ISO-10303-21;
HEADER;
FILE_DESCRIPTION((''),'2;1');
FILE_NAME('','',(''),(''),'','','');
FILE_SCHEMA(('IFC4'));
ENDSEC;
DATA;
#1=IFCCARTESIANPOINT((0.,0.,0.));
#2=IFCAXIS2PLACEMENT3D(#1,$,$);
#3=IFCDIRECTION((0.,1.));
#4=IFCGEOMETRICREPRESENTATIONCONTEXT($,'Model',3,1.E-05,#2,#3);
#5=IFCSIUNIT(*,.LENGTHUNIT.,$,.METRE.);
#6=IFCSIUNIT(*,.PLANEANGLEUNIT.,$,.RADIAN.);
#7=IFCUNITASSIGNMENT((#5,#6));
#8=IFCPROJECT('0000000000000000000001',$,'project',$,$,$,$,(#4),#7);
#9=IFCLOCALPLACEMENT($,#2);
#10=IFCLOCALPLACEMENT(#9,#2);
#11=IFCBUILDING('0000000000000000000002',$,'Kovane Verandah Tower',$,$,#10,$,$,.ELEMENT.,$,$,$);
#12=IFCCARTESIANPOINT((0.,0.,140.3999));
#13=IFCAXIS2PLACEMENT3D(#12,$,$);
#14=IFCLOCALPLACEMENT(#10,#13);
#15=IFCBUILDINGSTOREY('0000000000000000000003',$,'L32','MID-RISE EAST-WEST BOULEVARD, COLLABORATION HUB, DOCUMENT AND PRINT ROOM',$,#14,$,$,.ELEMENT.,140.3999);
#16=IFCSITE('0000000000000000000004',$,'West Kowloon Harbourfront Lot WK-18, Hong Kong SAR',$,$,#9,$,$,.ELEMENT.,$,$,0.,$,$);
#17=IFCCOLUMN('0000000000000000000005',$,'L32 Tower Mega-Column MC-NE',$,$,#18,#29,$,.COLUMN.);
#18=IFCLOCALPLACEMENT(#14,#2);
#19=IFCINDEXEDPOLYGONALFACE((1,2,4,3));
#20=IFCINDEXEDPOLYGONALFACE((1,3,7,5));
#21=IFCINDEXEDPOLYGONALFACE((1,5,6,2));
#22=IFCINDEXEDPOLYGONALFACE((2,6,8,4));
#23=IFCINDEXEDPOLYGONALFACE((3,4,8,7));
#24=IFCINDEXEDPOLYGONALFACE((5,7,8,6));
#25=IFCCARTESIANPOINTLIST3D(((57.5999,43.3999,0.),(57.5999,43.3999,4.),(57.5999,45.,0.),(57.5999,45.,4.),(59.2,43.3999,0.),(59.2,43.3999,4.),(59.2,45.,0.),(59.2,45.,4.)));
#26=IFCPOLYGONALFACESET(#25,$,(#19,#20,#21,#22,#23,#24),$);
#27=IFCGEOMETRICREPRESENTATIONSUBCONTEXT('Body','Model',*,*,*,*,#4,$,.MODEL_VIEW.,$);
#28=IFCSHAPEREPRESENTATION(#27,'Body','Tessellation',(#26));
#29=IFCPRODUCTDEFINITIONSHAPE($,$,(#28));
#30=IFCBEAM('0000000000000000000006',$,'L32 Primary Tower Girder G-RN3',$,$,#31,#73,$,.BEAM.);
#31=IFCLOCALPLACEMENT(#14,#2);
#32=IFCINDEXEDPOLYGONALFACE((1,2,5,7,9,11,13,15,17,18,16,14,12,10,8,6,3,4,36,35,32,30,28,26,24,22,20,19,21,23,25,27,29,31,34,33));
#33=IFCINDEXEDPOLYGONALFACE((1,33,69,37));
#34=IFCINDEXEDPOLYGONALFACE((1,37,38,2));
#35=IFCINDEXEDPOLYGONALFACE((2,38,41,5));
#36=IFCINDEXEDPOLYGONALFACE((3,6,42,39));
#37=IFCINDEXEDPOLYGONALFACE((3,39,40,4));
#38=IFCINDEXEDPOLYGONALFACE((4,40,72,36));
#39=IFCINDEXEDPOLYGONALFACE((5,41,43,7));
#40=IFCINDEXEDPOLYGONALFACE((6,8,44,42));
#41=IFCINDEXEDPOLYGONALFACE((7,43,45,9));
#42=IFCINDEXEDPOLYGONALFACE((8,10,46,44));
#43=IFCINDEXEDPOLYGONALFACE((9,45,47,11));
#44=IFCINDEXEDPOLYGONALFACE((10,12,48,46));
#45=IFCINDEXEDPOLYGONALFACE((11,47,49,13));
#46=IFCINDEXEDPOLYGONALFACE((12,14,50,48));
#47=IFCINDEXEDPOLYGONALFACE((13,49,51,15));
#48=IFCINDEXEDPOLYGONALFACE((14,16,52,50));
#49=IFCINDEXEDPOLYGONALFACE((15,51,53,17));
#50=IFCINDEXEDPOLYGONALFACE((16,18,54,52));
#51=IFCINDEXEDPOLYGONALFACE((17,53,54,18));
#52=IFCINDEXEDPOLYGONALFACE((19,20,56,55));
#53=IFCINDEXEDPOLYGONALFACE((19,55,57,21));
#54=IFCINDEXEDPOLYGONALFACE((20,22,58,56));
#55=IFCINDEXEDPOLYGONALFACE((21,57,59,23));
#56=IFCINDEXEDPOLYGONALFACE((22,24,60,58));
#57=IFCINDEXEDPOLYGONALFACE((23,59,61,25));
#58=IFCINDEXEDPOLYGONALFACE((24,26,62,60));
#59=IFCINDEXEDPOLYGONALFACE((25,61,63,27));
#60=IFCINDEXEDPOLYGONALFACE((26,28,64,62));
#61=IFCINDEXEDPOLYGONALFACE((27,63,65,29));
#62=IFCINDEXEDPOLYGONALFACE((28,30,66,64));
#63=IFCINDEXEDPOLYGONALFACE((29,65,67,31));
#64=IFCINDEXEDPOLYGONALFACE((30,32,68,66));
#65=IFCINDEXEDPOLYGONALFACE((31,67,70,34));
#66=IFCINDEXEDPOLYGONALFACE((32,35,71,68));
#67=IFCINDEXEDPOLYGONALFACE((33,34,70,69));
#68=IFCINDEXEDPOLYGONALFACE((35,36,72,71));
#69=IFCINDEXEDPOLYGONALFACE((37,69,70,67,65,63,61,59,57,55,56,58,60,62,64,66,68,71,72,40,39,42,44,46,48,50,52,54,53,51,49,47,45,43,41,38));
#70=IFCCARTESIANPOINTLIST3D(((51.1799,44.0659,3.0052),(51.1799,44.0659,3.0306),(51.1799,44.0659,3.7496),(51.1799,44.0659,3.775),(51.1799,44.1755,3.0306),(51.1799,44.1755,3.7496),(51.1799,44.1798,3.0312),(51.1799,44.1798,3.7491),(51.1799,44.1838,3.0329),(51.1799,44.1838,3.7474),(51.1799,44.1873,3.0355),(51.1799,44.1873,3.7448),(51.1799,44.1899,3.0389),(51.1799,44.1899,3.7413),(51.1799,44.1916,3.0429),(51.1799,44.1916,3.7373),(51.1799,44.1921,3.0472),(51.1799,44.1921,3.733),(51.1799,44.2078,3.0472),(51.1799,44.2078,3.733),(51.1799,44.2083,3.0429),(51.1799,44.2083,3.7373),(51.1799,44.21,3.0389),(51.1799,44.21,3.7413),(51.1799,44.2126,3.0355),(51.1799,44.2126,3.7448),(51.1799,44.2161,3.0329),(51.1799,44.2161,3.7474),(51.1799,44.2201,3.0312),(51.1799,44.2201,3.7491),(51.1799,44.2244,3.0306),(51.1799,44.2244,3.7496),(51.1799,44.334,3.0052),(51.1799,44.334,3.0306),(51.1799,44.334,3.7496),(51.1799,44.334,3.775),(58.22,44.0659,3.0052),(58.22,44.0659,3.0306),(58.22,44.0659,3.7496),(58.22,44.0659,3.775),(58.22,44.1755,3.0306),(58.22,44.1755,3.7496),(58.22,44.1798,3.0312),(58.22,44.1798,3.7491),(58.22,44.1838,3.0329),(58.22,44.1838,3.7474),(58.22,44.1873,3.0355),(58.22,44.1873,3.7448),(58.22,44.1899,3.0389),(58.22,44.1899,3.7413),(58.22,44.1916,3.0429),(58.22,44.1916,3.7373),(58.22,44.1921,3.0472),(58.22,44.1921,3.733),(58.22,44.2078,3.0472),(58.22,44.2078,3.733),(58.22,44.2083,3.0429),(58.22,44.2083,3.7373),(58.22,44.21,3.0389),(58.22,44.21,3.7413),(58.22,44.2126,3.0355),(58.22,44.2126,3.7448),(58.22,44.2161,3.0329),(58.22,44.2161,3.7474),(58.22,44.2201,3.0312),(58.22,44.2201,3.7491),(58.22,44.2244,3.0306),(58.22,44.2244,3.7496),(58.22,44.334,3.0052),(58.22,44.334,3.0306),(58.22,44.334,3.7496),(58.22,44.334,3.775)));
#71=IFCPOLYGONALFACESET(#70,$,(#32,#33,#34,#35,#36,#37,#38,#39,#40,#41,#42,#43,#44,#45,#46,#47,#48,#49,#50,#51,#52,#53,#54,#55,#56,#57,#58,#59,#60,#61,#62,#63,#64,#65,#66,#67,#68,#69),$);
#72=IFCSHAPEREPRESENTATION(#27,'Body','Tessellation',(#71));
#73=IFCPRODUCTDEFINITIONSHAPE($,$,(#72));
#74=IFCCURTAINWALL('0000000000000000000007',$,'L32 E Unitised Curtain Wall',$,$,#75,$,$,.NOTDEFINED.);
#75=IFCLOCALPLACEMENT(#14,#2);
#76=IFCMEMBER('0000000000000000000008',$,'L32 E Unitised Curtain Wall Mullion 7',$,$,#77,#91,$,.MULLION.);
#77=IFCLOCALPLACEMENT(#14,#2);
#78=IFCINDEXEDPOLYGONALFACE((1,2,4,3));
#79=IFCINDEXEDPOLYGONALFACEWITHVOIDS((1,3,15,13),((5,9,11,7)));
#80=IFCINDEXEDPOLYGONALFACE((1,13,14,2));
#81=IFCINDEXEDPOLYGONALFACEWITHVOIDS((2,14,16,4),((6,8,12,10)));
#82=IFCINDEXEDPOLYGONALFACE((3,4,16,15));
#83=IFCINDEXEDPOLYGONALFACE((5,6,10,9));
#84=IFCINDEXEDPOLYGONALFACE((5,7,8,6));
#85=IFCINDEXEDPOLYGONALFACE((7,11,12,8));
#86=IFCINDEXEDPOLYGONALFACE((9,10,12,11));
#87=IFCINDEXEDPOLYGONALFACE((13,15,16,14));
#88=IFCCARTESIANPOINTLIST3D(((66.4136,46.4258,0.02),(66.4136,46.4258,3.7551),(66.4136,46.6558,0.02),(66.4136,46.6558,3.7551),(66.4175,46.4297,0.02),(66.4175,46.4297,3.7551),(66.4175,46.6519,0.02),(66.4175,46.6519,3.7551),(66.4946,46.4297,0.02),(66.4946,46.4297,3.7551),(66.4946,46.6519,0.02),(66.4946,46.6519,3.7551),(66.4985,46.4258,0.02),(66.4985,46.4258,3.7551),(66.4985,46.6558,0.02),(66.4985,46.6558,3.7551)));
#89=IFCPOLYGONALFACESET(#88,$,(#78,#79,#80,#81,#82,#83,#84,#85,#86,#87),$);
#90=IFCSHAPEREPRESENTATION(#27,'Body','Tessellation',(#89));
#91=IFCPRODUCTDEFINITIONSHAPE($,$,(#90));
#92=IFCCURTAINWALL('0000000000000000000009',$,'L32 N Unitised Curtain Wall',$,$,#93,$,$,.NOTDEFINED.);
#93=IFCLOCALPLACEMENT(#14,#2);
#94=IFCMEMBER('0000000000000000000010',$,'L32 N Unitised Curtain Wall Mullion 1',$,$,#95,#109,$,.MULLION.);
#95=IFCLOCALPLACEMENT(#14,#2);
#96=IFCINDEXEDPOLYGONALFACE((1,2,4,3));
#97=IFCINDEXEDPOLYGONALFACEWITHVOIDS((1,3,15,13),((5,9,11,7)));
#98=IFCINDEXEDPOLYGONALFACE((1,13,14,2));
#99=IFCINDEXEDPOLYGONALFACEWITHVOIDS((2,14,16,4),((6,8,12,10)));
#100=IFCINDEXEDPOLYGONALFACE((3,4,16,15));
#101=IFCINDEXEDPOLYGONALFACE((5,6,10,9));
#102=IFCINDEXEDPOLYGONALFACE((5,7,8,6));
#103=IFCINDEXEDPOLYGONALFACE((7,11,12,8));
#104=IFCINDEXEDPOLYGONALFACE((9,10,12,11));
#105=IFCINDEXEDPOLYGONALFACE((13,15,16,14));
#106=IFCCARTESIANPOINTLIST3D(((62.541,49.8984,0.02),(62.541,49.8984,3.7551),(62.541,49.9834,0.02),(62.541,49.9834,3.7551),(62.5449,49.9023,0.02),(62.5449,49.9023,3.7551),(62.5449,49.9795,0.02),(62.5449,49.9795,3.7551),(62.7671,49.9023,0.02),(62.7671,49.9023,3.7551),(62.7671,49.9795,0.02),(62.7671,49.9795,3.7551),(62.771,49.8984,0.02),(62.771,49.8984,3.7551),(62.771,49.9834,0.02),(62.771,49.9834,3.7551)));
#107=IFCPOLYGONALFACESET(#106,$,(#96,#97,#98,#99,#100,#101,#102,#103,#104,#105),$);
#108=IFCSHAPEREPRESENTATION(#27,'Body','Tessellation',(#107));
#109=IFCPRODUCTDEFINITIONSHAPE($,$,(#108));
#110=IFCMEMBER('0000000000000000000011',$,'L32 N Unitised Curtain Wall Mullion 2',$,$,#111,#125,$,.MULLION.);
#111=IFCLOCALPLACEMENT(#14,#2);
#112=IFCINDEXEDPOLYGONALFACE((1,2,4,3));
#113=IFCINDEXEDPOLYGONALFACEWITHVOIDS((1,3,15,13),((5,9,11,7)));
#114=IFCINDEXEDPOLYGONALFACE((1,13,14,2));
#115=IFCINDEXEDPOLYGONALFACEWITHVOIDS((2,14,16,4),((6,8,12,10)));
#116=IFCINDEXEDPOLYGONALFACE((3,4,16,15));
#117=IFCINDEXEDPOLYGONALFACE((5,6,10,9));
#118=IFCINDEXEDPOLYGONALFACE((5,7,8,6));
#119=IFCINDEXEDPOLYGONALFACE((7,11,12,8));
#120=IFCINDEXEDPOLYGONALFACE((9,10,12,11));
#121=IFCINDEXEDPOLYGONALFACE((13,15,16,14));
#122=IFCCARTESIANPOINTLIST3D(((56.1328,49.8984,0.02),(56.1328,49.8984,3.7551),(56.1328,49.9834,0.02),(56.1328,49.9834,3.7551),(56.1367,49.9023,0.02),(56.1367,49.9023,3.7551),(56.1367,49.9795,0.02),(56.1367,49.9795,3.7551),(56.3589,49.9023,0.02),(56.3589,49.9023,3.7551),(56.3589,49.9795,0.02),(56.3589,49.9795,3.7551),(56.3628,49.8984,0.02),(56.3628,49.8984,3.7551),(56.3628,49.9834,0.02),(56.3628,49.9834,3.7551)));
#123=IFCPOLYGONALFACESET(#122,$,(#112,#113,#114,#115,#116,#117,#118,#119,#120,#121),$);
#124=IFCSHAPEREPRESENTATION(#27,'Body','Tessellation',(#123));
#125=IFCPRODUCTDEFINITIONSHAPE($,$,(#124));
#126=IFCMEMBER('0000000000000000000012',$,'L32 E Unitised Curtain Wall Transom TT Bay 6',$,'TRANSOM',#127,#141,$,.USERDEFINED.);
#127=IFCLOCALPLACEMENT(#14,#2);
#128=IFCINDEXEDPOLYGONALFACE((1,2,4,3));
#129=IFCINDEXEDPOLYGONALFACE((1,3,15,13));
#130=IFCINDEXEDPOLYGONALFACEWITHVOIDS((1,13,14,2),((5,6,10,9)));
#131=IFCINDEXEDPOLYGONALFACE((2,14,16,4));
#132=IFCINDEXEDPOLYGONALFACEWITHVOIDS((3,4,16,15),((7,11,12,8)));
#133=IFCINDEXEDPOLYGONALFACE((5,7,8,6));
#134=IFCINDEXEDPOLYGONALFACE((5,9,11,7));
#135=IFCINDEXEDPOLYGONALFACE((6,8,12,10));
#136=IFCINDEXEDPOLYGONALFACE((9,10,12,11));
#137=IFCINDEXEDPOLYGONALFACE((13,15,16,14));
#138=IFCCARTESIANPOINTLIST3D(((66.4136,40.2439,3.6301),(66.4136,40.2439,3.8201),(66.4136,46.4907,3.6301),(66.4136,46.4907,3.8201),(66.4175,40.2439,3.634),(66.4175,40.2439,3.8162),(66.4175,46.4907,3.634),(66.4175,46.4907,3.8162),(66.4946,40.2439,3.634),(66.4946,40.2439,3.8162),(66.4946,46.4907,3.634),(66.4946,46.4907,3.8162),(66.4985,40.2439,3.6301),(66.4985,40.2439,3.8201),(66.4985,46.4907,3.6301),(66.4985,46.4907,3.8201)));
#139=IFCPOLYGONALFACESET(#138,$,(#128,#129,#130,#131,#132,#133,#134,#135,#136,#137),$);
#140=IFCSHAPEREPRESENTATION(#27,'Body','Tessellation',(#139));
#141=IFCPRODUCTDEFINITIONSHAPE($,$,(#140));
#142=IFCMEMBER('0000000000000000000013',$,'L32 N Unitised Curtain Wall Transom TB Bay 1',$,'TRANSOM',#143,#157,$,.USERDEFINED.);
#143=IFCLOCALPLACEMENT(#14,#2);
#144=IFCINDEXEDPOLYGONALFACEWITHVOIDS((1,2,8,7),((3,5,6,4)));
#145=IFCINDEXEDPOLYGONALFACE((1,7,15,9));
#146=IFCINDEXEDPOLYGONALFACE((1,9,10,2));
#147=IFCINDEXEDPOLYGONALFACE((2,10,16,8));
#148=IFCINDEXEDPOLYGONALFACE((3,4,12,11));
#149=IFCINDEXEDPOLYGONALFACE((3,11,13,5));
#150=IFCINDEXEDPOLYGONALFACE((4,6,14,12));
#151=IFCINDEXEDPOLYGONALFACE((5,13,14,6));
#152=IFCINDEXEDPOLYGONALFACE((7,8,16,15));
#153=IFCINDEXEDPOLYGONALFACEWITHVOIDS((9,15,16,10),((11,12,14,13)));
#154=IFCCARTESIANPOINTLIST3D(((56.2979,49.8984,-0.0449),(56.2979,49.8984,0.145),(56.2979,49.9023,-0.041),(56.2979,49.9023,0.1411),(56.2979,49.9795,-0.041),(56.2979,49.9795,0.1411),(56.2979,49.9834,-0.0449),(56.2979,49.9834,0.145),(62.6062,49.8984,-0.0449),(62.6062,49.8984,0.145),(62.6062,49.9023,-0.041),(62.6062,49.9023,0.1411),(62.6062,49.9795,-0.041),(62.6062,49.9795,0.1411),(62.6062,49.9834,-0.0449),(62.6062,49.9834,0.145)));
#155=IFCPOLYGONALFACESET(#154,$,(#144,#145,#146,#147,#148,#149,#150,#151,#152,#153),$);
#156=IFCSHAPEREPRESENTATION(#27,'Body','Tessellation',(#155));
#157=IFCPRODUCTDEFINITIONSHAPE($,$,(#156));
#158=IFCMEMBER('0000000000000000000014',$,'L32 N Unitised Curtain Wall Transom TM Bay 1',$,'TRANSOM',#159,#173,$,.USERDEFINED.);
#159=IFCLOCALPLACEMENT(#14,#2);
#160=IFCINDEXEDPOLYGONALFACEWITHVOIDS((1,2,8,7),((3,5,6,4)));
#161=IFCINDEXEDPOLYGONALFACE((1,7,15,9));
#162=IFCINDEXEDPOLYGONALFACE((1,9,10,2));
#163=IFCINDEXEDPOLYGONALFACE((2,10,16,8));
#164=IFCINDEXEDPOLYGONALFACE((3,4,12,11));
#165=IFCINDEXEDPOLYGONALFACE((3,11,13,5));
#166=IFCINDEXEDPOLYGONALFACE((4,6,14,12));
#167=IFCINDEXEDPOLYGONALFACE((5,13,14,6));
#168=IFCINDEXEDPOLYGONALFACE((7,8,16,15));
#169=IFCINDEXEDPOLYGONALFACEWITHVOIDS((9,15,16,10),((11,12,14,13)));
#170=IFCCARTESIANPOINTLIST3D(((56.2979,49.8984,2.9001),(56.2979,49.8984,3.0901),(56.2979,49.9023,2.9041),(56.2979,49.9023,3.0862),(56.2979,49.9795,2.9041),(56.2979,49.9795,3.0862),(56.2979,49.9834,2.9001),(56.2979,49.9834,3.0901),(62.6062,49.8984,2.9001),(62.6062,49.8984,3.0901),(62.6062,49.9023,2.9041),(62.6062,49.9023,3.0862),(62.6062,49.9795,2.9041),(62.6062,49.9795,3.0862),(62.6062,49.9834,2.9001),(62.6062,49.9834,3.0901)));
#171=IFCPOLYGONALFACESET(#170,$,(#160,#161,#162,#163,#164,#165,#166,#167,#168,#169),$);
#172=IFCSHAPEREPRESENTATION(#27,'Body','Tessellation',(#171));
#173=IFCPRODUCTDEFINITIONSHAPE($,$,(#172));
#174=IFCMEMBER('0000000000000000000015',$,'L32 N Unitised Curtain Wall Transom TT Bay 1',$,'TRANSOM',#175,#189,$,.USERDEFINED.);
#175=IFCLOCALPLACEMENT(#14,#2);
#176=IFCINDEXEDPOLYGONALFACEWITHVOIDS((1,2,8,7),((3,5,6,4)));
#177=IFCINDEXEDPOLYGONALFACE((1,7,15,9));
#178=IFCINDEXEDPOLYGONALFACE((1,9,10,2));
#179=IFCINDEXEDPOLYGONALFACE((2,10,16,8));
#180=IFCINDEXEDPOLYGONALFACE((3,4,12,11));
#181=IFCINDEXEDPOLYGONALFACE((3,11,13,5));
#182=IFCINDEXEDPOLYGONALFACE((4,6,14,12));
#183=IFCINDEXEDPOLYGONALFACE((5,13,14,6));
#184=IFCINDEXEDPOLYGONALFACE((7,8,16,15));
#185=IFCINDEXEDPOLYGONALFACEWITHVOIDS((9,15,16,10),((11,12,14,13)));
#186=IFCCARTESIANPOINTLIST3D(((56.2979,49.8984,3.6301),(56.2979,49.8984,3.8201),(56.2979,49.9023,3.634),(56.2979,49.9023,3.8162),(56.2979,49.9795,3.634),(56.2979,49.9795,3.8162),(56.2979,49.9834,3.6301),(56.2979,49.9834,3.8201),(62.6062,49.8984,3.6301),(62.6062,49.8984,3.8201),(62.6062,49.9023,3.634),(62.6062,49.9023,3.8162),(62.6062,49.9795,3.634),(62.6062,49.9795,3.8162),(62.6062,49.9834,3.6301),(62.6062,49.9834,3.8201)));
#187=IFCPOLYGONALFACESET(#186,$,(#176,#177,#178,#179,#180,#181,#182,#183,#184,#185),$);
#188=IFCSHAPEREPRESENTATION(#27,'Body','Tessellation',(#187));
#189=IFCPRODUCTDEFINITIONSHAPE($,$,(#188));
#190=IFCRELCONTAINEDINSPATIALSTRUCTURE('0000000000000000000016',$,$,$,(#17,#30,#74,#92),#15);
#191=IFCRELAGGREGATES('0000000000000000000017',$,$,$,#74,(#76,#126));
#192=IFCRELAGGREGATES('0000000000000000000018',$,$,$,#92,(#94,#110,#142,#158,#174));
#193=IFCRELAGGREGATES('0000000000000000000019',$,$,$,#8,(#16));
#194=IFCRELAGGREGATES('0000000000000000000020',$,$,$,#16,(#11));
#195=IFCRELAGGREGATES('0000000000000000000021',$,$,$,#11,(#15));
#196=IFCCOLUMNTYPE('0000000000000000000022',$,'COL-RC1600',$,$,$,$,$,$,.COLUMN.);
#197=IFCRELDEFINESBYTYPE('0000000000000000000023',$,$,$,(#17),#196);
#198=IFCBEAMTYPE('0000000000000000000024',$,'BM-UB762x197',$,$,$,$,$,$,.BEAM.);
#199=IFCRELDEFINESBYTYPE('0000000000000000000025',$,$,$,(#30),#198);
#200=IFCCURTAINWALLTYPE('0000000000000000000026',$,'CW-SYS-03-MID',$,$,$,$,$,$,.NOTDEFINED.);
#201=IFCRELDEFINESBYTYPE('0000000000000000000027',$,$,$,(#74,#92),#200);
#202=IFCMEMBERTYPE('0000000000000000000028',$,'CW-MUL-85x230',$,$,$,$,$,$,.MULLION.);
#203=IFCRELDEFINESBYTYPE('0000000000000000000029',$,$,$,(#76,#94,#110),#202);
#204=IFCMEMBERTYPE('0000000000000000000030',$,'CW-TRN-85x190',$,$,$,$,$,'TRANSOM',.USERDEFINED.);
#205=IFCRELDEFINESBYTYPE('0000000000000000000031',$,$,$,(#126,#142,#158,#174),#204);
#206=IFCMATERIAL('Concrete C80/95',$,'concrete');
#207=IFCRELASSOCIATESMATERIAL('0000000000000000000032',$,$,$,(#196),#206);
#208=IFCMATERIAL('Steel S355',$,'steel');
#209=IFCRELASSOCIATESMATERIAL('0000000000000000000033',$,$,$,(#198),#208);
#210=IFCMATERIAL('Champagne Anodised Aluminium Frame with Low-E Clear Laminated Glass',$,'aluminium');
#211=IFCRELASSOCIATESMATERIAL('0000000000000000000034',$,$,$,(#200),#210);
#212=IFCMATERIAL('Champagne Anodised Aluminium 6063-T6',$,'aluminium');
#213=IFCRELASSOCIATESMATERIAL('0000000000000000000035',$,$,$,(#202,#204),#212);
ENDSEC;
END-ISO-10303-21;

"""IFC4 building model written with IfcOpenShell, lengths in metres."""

from ifc_helpers import new_model, si_unit, direction, frame, origin, origin_2d, place, context, subcontext, project, spatial, rectangle, hollow_rectangle, i_section, extrude, material, material_profile, profile_set, type_object, element, aggregate, save


model = new_model("IFC4")

# Units and contexts
model_context = context("Model", 3, precision=1e-05, world=origin(), true_north=direction((0.0, 1.0)))
body_context = subcontext(model_context, "Body", "Model", "MODEL_VIEW")
ifc_project = project(units=[si_unit("LENGTHUNIT", "METRE"), si_unit("PLANEANGLEUNIT", "RADIAN")], contexts=[model_context])

# Site, building, storey
site_placement = place(None, origin())
site = spatial("IfcSite", under=ifc_project, at=site_placement, Name="West Kowloon Harbourfront Lot WK-18, Hong Kong SAR", CompositionType="ELEMENT", RefElevation=0.0)
building_placement = place(site_placement, origin())
building = spatial("IfcBuilding", under=site, at=building_placement, Name="Kovane Verandah Tower", CompositionType="ELEMENT")
storey_placement = place(building_placement, frame((0.0, 0.0, 140.3999)))
storey = spatial("IfcBuildingStorey", under=building, at=storey_placement, Name="L32", Description="MID-RISE EAST-WEST BOULEVARD, COLLABORATION HUB, DOCUMENT AND PRINT ROOM", CompositionType="ELEMENT", Elevation=140.3999)

# Column
ifc_material_1 = material(Name="Concrete C80/95", Category="concrete")
ifc_material_profile_1 = material_profile(ifc_material_1, rectangle(XDim=1.6001, YDim=1.6001, at=origin_2d()), Name="RC1600x1600")
ifc_profile_set_1 = profile_set([ifc_material_profile_1], Name="Concrete C80/95")
column_type = type_object("IfcColumnType", Name="COL-RC1600", PredefinedType="COLUMN", material=ifc_profile_set_1)
column_placement = place(storey_placement, frame((58.3999, 44.2, 0.0), z_axis=(0.0, 0.0, 1.0), x_axis=(1.0, 0.0, 0.0)))
element("IfcColumn", 1, at=column_placement, inside=storey, type_object=column_type, Name="L32 Tower Mega-Column MC-NE", PredefinedType="COLUMN", context=body_context, shape_type="SweptSolid", body=[
    extrude(rectangle(XDim=1.6001, YDim=1.6001, at=origin_2d()), origin(), (0.0, 0.0, 1.0), 4.0),
])

# Beam
ifc_material_2 = material(Name="Steel S355", Category="steel")
ifc_material_profile_2 = material_profile(ifc_material_2, i_section(OverallWidth=0.2681, OverallDepth=0.7698, WebThickness=0.0156, FlangeThickness=0.0254, FilletRadius=0.0166, at=origin_2d()), Name="UB762x267x197")
ifc_profile_set_2 = profile_set([ifc_material_profile_2], Name="Steel S355")
beam_type = type_object("IfcBeamType", Name="BM-UB762x197", PredefinedType="BEAM", material=ifc_profile_set_2)
beam_placement = place(storey_placement, frame((51.1799, 44.2, 3.3901), z_axis=(1.0, 0.0, 0.0), x_axis=(0.0, 1.0, 0.0)))
element("IfcBeam", 2, at=beam_placement, inside=storey, type_object=beam_type, Name="L32 Primary Tower Girder G-RN3", PredefinedType="BEAM", context=body_context, shape_type="SweptSolid", body=[
    extrude(i_section(OverallWidth=0.2681, OverallDepth=0.7698, WebThickness=0.0156, FlangeThickness=0.0254, FilletRadius=0.0166, at=origin_2d()), origin(), (0.0, 0.0, 1.0), 7.04),
])

# Curtain wall, member
ifc_material_3 = material(Name="Champagne Anodised Aluminium Frame with Low-E Clear Laminated Glass", Category="aluminium")
curtain_wall_type = type_object("IfcCurtainWallType", Name="CW-SYS-03-MID", PredefinedType="NOTDEFINED", material=ifc_material_3)
curtain_wall_1_placement = place(storey_placement, origin())
curtain_wall_1 = element("IfcCurtainWall", 3, at=curtain_wall_1_placement, inside=storey, type_object=curtain_wall_type, Name="L32 E Unitised Curtain Wall", PredefinedType="NOTDEFINED")
ifc_material_4 = material(Name="Champagne Anodised Aluminium 6063-T6", Category="aluminium")
ifc_material_profile_3 = material_profile(ifc_material_4, hollow_rectangle(XDim=0.085, YDim=0.23, WallThickness=0.0039, at=origin_2d()), Name="AL85x230x4")
ifc_profile_set_3 = profile_set([ifc_material_profile_3], Name="Champagne Anodised Aluminium 6063-T6")
member_type_1 = type_object("IfcMemberType", Name="CW-MUL-85x230", PredefinedType="MULLION", material=ifc_profile_set_3)
member_1_placement = place(storey_placement, frame((66.4561, 46.5408, 0.02), z_axis=(0.0, 0.0, 1.0), x_axis=(1.0, 0.0, 0.0)))
member_1 = element("IfcMember", 4, at=member_1_placement, type_object=member_type_1, Name="L32 E Unitised Curtain Wall Mullion 7", PredefinedType="MULLION", context=body_context, shape_type="SweptSolid", body=[
    extrude(hollow_rectangle(XDim=0.085, YDim=0.23, WallThickness=0.0039, at=origin_2d()), origin(), (0.0, 0.0, 1.0), 3.7351),
])

# Curtain wall, members
curtain_wall_2_placement = place(storey_placement, origin())
curtain_wall_2 = element("IfcCurtainWall", 5, at=curtain_wall_2_placement, inside=storey, type_object=curtain_wall_type, Name="L32 N Unitised Curtain Wall", PredefinedType="NOTDEFINED")
member_2_placement = place(storey_placement, frame((62.656, 49.9409, 0.02), z_axis=(0.0, 0.0, 1.0), x_axis=(0.0, 1.0, 0.0)))
member_2 = element("IfcMember", 6, at=member_2_placement, type_object=member_type_1, Name="L32 N Unitised Curtain Wall Mullion 1", PredefinedType="MULLION", context=body_context, shape_type="SweptSolid", body=[
    extrude(hollow_rectangle(XDim=0.085, YDim=0.23, WallThickness=0.0039, at=origin_2d()), origin(), (0.0, 0.0, 1.0), 3.7351),
])
member_3_placement = place(storey_placement, frame((56.2478, 49.9409, 0.02), z_axis=(0.0, 0.0, 1.0), x_axis=(0.0, 1.0, 0.0)))
member_3 = element("IfcMember", 7, at=member_3_placement, type_object=member_type_1, Name="L32 N Unitised Curtain Wall Mullion 2", PredefinedType="MULLION", context=body_context, shape_type="SweptSolid", body=[
    extrude(hollow_rectangle(XDim=0.085, YDim=0.23, WallThickness=0.0039, at=origin_2d()), origin(), (0.0, 0.0, 1.0), 3.7351),
])

# Members
ifc_material_profile_4 = material_profile(ifc_material_4, hollow_rectangle(XDim=0.085, YDim=0.1899, WallThickness=0.0039, at=origin_2d()), Name="AL85x190x4")
ifc_profile_set_4 = profile_set([ifc_material_profile_4], Name="Champagne Anodised Aluminium 6063-T6")
member_type_2 = type_object("IfcMemberType", Name="CW-TRN-85x190", ElementType="TRANSOM", PredefinedType="USERDEFINED", material=ifc_profile_set_4)
member_4_placement = place(storey_placement, frame((66.4561, 40.2439, 3.7251), z_axis=(0.0, 1.0, 0.0), x_axis=(-1.0, 0.0, 0.0)))
member_4 = element("IfcMember", 8, at=member_4_placement, type_object=member_type_2, Name="L32 E Unitised Curtain Wall Transom TT Bay 6", ObjectType="TRANSOM", PredefinedType="USERDEFINED", context=body_context, shape_type="SweptSolid", body=[
    extrude(hollow_rectangle(XDim=0.085, YDim=0.1899, WallThickness=0.0039, at=origin_2d()), origin(), (0.0, 0.0, 1.0), 6.2468),
])
member_5_placement = place(storey_placement, frame((62.6062, 49.9409, 0.05), z_axis=(-1.0, 0.0, 0.0), x_axis=(0.0, -1.0, 0.0)))
member_5 = element("IfcMember", 9, at=member_5_placement, type_object=member_type_2, Name="L32 N Unitised Curtain Wall Transom TB Bay 1", ObjectType="TRANSOM", PredefinedType="USERDEFINED", context=body_context, shape_type="SweptSolid", body=[
    extrude(hollow_rectangle(XDim=0.085, YDim=0.1899, WallThickness=0.0039, at=origin_2d()), origin(), (0.0, 0.0, 1.0), 6.3083),
])
member_6_placement = place(storey_placement, frame((62.6062, 49.9409, 2.9951), z_axis=(-1.0, 0.0, 0.0), x_axis=(0.0, -1.0, 0.0)))
member_6 = element("IfcMember", 10, at=member_6_placement, type_object=member_type_2, Name="L32 N Unitised Curtain Wall Transom TM Bay 1", ObjectType="TRANSOM", PredefinedType="USERDEFINED", context=body_context, shape_type="SweptSolid", body=[
    extrude(hollow_rectangle(XDim=0.085, YDim=0.1899, WallThickness=0.0039, at=origin_2d()), origin(), (0.0, 0.0, 1.0), 6.3083),
])
member_7_placement = place(storey_placement, frame((62.6062, 49.9409, 3.7251), z_axis=(-1.0, 0.0, 0.0), x_axis=(0.0, -1.0, 0.0)))
member_7 = element("IfcMember", 11, at=member_7_placement, type_object=member_type_2, Name="L32 N Unitised Curtain Wall Transom TT Bay 1", ObjectType="TRANSOM", PredefinedType="USERDEFINED", context=body_context, shape_type="SweptSolid", body=[
    extrude(hollow_rectangle(XDim=0.085, YDim=0.1899, WallThickness=0.0039, at=origin_2d()), origin(), (0.0, 0.0, 1.0), 6.3083),
])

aggregate(curtain_wall_1, [member_1, member_4])
aggregate(curtain_wall_2, [member_2, member_3, member_5, member_6, member_7])

save(model, "model.ifc")
